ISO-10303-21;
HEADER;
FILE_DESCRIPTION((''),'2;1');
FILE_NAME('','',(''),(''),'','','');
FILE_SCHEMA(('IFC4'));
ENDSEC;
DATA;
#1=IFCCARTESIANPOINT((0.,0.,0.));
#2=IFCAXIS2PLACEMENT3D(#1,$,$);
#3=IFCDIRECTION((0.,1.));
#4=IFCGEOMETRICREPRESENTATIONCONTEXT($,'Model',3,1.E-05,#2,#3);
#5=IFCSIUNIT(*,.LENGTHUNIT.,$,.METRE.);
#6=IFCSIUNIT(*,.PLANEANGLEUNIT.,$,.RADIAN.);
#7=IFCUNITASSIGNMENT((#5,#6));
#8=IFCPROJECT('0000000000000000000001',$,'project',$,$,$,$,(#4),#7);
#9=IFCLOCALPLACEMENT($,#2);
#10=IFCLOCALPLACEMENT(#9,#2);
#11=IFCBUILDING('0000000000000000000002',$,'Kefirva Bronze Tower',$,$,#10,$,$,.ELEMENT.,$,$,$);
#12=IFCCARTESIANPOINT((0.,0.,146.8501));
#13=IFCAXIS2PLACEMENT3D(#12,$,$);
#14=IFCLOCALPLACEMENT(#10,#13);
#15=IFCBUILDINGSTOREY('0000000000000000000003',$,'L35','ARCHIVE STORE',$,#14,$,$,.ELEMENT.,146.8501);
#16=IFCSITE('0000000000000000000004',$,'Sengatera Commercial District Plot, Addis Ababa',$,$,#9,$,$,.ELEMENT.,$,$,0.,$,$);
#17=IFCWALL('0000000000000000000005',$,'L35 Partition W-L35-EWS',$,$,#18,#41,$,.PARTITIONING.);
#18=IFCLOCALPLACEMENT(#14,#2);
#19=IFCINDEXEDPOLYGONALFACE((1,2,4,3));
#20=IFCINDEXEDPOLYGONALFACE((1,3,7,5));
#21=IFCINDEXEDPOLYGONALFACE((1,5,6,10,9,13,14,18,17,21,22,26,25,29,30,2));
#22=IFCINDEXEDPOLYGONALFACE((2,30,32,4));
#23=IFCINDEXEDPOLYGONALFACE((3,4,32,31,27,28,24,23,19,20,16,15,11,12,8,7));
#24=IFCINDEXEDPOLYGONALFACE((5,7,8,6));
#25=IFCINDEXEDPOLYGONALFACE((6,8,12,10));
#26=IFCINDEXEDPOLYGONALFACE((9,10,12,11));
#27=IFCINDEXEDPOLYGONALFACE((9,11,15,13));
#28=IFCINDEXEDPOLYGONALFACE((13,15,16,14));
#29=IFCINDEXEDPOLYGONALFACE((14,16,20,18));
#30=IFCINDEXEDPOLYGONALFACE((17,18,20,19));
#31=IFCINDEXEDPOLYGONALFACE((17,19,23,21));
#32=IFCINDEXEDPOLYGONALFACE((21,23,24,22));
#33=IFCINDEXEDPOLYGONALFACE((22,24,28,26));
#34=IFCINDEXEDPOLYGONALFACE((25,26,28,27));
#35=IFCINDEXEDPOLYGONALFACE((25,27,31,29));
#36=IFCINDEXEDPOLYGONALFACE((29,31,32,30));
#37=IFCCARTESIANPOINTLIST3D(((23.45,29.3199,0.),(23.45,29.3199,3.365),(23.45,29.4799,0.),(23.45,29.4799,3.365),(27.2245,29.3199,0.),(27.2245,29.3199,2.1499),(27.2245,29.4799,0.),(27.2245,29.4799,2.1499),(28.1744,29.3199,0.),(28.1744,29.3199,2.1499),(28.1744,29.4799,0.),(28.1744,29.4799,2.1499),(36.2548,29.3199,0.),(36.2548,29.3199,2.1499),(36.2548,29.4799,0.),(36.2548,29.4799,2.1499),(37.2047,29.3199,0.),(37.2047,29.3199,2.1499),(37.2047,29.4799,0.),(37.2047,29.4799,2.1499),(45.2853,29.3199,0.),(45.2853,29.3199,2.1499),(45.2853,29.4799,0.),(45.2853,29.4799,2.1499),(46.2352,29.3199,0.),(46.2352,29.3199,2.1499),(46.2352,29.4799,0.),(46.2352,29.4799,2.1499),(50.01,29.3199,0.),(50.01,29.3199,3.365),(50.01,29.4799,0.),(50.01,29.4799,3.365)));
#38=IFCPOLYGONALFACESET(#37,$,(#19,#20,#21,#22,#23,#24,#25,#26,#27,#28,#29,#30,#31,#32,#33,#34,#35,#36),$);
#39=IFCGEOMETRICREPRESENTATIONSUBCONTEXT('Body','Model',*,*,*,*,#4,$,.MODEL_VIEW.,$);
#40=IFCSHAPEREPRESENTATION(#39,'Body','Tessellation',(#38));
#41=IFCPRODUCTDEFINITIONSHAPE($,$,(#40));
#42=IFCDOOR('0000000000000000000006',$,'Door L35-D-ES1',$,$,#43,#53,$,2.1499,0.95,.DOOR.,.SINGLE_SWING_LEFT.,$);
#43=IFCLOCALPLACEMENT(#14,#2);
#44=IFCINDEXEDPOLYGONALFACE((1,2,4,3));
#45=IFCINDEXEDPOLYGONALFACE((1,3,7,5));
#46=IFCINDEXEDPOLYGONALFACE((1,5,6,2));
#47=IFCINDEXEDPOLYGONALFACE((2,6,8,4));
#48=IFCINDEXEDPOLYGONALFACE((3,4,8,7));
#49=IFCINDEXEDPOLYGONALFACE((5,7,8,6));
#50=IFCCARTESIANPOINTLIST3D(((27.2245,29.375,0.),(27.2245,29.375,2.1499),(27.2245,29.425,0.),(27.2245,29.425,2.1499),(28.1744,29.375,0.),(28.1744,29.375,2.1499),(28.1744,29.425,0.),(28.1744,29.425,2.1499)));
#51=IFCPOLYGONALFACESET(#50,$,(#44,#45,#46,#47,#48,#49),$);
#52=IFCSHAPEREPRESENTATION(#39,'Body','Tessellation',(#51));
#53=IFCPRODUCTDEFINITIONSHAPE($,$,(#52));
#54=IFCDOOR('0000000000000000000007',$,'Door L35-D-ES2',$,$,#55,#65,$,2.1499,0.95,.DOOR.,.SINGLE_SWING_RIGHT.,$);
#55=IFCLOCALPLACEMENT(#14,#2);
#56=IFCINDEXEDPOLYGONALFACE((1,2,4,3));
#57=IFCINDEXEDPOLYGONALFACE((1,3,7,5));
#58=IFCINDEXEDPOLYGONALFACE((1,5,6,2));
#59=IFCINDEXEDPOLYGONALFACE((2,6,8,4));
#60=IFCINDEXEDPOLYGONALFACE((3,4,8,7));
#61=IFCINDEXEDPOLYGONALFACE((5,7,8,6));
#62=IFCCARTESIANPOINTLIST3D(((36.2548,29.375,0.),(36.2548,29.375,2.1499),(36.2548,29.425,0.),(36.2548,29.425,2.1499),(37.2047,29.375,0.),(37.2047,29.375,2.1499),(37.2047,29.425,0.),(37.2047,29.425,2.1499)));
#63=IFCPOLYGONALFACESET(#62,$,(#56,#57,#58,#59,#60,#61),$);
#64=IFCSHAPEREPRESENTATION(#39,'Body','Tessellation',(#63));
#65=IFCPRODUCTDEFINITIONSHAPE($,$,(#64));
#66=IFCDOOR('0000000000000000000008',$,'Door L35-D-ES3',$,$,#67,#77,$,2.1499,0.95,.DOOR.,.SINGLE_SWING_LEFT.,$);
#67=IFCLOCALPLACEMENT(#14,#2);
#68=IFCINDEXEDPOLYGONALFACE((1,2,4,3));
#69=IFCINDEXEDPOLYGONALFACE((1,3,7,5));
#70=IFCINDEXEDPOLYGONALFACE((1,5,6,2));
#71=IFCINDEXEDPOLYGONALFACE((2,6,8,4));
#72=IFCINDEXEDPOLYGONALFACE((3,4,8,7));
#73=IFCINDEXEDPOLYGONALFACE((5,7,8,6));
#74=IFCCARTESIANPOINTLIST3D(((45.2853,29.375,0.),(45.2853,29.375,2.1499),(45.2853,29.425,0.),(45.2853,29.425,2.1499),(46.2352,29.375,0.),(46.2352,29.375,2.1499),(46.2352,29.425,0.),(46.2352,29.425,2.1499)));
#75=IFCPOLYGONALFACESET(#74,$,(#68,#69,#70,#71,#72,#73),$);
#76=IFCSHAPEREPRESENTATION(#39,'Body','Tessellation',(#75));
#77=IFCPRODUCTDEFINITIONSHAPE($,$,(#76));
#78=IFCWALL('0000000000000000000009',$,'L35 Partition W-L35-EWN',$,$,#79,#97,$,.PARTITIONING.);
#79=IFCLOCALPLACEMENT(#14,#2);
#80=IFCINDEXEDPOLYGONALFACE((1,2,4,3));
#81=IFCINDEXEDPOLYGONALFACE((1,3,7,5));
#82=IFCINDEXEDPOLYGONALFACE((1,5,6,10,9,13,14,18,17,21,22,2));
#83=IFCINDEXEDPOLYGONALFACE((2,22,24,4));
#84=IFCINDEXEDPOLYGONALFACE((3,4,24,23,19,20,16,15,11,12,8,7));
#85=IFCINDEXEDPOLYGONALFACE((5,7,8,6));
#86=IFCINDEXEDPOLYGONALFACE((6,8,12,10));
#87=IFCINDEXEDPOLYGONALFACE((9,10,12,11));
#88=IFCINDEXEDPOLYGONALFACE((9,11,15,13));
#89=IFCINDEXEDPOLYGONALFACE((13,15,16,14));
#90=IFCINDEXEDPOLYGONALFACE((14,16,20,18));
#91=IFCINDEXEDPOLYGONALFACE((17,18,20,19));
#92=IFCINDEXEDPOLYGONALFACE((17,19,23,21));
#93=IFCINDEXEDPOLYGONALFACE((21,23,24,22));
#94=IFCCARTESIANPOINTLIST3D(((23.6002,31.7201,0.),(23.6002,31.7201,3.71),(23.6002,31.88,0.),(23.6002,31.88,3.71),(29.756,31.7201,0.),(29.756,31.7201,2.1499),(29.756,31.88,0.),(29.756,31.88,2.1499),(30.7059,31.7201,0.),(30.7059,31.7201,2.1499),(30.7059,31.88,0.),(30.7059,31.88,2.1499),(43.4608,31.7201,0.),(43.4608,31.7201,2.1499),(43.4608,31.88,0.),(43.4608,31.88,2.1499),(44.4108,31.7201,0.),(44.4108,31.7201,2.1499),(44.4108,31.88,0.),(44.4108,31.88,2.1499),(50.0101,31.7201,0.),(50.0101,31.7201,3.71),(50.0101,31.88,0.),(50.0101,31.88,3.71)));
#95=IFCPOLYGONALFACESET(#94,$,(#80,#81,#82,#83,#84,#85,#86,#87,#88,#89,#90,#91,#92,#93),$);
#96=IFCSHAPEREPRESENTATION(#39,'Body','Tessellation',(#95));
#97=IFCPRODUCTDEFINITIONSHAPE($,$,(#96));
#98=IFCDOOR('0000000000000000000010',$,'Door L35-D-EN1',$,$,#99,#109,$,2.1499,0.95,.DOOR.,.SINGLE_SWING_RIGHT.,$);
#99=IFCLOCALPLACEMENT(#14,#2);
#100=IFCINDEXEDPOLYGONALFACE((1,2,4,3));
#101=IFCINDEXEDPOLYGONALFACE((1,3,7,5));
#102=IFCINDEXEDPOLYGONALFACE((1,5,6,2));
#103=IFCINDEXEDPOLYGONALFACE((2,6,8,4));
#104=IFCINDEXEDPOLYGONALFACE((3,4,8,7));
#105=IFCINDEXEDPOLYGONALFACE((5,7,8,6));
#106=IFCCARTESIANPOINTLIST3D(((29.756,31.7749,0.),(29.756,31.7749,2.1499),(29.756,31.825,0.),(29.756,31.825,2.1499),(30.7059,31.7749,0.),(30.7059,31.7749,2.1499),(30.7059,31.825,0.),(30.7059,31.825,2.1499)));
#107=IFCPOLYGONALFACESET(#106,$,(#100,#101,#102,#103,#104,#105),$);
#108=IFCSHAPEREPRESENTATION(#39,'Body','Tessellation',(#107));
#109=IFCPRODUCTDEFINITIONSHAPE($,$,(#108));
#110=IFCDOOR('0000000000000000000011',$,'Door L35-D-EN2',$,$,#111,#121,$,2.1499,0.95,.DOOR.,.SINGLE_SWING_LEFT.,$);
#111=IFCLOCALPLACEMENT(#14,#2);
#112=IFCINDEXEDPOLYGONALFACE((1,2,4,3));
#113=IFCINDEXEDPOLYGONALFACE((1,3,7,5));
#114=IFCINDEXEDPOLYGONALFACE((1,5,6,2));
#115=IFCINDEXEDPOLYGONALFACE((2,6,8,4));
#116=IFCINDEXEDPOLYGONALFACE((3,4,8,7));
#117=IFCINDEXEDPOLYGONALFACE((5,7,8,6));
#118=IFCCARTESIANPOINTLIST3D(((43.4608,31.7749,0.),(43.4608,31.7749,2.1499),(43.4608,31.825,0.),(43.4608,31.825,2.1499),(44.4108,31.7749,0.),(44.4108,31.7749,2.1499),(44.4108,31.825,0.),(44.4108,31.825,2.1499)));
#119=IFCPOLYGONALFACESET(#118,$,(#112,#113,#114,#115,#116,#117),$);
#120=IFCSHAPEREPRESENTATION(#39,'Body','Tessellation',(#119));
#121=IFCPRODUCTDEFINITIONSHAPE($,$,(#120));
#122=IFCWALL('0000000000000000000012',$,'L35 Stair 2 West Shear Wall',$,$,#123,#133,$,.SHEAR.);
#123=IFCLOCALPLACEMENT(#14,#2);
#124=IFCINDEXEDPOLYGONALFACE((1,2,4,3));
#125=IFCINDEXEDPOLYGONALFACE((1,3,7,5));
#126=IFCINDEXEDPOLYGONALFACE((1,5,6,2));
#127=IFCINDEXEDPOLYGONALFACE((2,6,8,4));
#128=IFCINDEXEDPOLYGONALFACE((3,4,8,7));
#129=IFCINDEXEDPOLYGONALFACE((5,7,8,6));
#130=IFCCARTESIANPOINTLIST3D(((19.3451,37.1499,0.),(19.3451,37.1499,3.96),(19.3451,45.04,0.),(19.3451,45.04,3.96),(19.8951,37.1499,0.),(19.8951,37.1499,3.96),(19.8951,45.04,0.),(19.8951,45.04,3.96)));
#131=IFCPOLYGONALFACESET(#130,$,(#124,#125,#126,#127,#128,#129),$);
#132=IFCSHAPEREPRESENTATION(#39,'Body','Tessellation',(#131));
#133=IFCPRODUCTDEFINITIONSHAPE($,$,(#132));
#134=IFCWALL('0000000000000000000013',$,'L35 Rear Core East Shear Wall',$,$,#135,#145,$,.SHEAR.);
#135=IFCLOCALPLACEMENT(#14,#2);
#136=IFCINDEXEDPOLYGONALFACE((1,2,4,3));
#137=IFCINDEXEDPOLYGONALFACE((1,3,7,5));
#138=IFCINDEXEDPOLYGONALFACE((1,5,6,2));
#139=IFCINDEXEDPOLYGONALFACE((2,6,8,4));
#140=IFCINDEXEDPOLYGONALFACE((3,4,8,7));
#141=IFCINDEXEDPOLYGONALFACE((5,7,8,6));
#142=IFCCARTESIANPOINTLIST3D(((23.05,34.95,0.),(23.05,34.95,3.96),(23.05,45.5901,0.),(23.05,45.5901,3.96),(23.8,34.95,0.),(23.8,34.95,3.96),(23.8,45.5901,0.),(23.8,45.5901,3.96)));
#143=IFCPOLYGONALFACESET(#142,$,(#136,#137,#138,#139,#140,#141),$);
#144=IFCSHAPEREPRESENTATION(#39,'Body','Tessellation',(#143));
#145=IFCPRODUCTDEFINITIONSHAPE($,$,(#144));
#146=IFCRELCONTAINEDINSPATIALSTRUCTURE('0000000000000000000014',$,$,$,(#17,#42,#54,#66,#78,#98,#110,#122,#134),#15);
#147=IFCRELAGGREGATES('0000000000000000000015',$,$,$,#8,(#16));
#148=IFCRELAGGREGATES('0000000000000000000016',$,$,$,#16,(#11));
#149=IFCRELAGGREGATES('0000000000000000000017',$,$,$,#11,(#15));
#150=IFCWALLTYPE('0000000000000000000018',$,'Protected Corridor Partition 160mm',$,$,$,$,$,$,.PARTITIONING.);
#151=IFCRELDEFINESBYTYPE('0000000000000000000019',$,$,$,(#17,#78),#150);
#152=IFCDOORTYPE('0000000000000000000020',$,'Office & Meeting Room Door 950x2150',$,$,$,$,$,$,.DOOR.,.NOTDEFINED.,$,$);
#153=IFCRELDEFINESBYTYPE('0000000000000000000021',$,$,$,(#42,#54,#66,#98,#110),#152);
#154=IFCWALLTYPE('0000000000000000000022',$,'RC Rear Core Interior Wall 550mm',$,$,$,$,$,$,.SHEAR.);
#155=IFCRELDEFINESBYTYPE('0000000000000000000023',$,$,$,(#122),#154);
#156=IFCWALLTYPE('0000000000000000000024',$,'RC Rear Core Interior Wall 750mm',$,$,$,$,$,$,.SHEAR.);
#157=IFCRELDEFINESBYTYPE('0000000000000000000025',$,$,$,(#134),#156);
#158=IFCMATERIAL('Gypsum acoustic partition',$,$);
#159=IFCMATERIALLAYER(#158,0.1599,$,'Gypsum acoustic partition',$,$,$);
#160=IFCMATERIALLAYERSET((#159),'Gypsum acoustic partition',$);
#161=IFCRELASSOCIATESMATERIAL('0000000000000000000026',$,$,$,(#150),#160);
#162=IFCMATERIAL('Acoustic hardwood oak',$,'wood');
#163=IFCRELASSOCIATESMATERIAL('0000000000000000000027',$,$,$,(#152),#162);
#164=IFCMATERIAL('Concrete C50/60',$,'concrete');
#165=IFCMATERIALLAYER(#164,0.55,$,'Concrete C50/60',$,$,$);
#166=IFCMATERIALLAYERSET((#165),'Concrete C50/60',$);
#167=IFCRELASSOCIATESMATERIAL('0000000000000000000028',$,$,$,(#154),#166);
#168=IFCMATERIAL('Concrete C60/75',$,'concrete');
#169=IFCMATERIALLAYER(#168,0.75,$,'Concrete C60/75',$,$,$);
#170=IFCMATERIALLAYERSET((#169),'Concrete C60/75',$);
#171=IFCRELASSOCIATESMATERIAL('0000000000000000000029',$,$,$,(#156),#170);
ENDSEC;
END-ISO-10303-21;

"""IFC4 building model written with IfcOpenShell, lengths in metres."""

from ifc_helpers import new_model, si_unit, direction, frame, frame_2d, origin, place, context, subcontext, project, spatial, rectangle, extrude, material, layer, layer_set, type_object, element, fill, save


model = new_model("IFC4")

# Units and contexts
model_context = context("Model", 3, precision=1e-05, world=origin(), true_north=direction((0.0, 1.0)))
body_context = subcontext(model_context, "Body", "Model", "MODEL_VIEW")
ifc_project = project(units=[si_unit("LENGTHUNIT", "METRE"), si_unit("PLANEANGLEUNIT", "RADIAN")], contexts=[model_context])

# Site, building, storey
site_placement = place(None, origin())
site = spatial("IfcSite", under=ifc_project, at=site_placement, Name="Sengatera Commercial District Plot, Addis Ababa", CompositionType="ELEMENT", RefElevation=0.0)
building_placement = place(site_placement, origin())
building = spatial("IfcBuilding", under=site, at=building_placement, Name="Kefirva Bronze Tower", CompositionType="ELEMENT")
storey_placement = place(building_placement, frame((0.0, 0.0, 146.8501)))
storey = spatial("IfcBuildingStorey", under=building, at=storey_placement, Name="L35", Description="ARCHIVE STORE", CompositionType="ELEMENT", Elevation=146.8501)

# Shared definitions
ifc_material_1 = material(Name="Concrete C60/75", Category="concrete")

# Walls, openings, doors
ifc_material_2 = material(Name="Gypsum acoustic partition")
ifc_layer_1 = layer(ifc_material_2, 0.1599, Name="Gypsum acoustic partition")
ifc_layer_set_1 = layer_set([ifc_layer_1], Name="Gypsum acoustic partition")
wall_type_1 = type_object("IfcWallType", Name="Protected Corridor Partition 160mm", PredefinedType="PARTITIONING", material=ifc_layer_set_1)
wall_1_placement = place(storey_placement, frame((23.45, 29.3999, 0.0), z_axis=(0.0, 0.0, 1.0), x_axis=(1.0, 0.0, 0.0)))
wall_1 = element("IfcWall", 1, at=wall_1_placement, inside=storey, type_object=wall_type_1, Name="L35 Partition W-L35-EWS", PredefinedType="PARTITIONING", context=body_context, shape_type="SweptSolid", body=[
    extrude(rectangle(XDim=26.5601, YDim=0.1599, at=frame_2d((13.28, 0.0))), origin(), (0.0, 0.0, 1.0), 3.365),
])
opening_1_placement = place(wall_1_placement, frame((4.7246, 0.0, 0.0), z_axis=(0.0, 0.0, 1.0), x_axis=(-1.0, 0.0, 0.0)))
opening_1 = element("IfcOpeningElement", 2, at=opening_1_placement, cuts=wall_1, PredefinedType="OPENING", context=body_context, shape_type="SweptSolid", body=[
    extrude(rectangle(XDim=0.95, YDim=2.1499, at=frame_2d((0.4751, 1.075))), frame((0.0, 0.0898, 0.0), z_axis=(0.0, -1.0, 0.0), x_axis=(1.0, 0.0, 0.0)), (0.0, 0.0, 1.0), 0.1799),
])
opening_2_placement = place(wall_1_placement, frame((13.7549, 0.0, 0.0), z_axis=(0.0, 0.0, 1.0), x_axis=(-1.0, 0.0, 0.0)))
opening_2 = element("IfcOpeningElement", 3, at=opening_2_placement, cuts=wall_1, PredefinedType="OPENING", context=body_context, shape_type="SweptSolid", body=[
    extrude(rectangle(XDim=0.95, YDim=2.1499, at=frame_2d((0.4751, 1.075))), frame((0.0, 0.0898, 0.0), z_axis=(0.0, -1.0, 0.0), x_axis=(1.0, 0.0, 0.0)), (0.0, 0.0, 1.0), 0.1799),
])
opening_3_placement = place(wall_1_placement, frame((22.7854, 0.0, 0.0), z_axis=(0.0, 0.0, 1.0), x_axis=(-1.0, 0.0, 0.0)))
opening_3 = element("IfcOpeningElement", 4, at=opening_3_placement, cuts=wall_1, PredefinedType="OPENING", context=body_context, shape_type="SweptSolid", body=[
    extrude(rectangle(XDim=0.95, YDim=2.1499, at=frame_2d((0.4751, 1.075))), frame((0.0, 0.0898, 0.0), z_axis=(0.0, -1.0, 0.0), x_axis=(1.0, 0.0, 0.0)), (0.0, 0.0, 1.0), 0.1799),
])
ifc_material_3 = material(Name="Acoustic hardwood oak", Category="wood")
door_type_1 = type_object("IfcDoorType", Name="Office & Meeting Room Door 950x2150", OperationType="NOTDEFINED", PredefinedType="DOOR", material=ifc_material_3)
door_1_placement = place(opening_1_placement, origin())
door_1 = element("IfcDoor", 5, at=door_1_placement, inside=storey, type_object=door_type_1, Name="Door L35-D-ES1", OperationType="SINGLE_SWING_LEFT", OverallHeight=2.1499, OverallWidth=0.95, PredefinedType="DOOR", context=body_context, shape_type="SweptSolid", body=[
    extrude(rectangle(XDim=0.95, YDim=2.1499, at=frame_2d((0.4751, 1.075))), frame((0.0, 0.0249, 0.0), z_axis=(0.0, -1.0, 0.0), x_axis=(1.0, 0.0, 0.0)), (0.0, 0.0, 1.0), 0.05),
])
fill(opening_1, door_1)
door_2_placement = place(opening_2_placement, origin())
door_2 = element("IfcDoor", 6, at=door_2_placement, inside=storey, type_object=door_type_1, Name="Door L35-D-ES2", OperationType="SINGLE_SWING_RIGHT", OverallHeight=2.1499, OverallWidth=0.95, PredefinedType="DOOR", context=body_context, shape_type="SweptSolid", body=[
    extrude(rectangle(XDim=0.95, YDim=2.1499, at=frame_2d((0.4751, 1.075))), frame((0.0, 0.0249, 0.0), z_axis=(0.0, -1.0, 0.0), x_axis=(1.0, 0.0, 0.0)), (0.0, 0.0, 1.0), 0.05),
])
fill(opening_2, door_2)
door_3_placement = place(opening_3_placement, origin())
door_3 = element("IfcDoor", 7, at=door_3_placement, inside=storey, type_object=door_type_1, Name="Door L35-D-ES3", OperationType="SINGLE_SWING_LEFT", OverallHeight=2.1499, OverallWidth=0.95, PredefinedType="DOOR", context=body_context, shape_type="SweptSolid", body=[
    extrude(rectangle(XDim=0.95, YDim=2.1499, at=frame_2d((0.4751, 1.075))), frame((0.0, 0.0249, 0.0), z_axis=(0.0, -1.0, 0.0), x_axis=(1.0, 0.0, 0.0)), (0.0, 0.0, 1.0), 0.05),
])
fill(opening_3, door_3)
wall_2_placement = place(storey_placement, frame((23.6001, 31.8, 0.0), z_axis=(0.0, 0.0, 1.0), x_axis=(1.0, 0.0, 0.0)))
wall_2 = element("IfcWall", 8, at=wall_2_placement, inside=storey, type_object=wall_type_1, Name="L35 Partition W-L35-EWN", PredefinedType="PARTITIONING", context=body_context, shape_type="SweptSolid", body=[
    extrude(rectangle(XDim=26.4099, YDim=0.1599, at=frame_2d((13.2051, 0.0))), origin(), (0.0, 0.0, 1.0), 3.71),
])
opening_4_placement = place(wall_2_placement, frame((6.1558, 0.0, 0.0)))
opening_4 = element("IfcOpeningElement", 9, at=opening_4_placement, cuts=wall_2, PredefinedType="OPENING", context=body_context, shape_type="SweptSolid", body=[
    extrude(rectangle(XDim=0.95, YDim=2.1499, at=frame_2d((0.4751, 1.075))), frame((0.0, 0.0898, 0.0), z_axis=(0.0, -1.0, 0.0), x_axis=(1.0, 0.0, 0.0)), (0.0, 0.0, 1.0), 0.1799),
])
opening_5_placement = place(wall_2_placement, frame((19.8606, 0.0, 0.0)))
opening_5 = element("IfcOpeningElement", 10, at=opening_5_placement, cuts=wall_2, PredefinedType="OPENING", context=body_context, shape_type="SweptSolid", body=[
    extrude(rectangle(XDim=0.95, YDim=2.1499, at=frame_2d((0.4751, 1.075))), frame((0.0, 0.0898, 0.0), z_axis=(0.0, -1.0, 0.0), x_axis=(1.0, 0.0, 0.0)), (0.0, 0.0, 1.0), 0.1799),
])
door_4_placement = place(opening_4_placement, origin())
door_4 = element("IfcDoor", 11, at=door_4_placement, inside=storey, type_object=door_type_1, Name="Door L35-D-EN1", OperationType="SINGLE_SWING_RIGHT", OverallHeight=2.1499, OverallWidth=0.95, PredefinedType="DOOR", context=body_context, shape_type="SweptSolid", body=[
    extrude(rectangle(XDim=0.95, YDim=2.1499, at=frame_2d((0.4751, 1.075))), frame((0.0, 0.0249, 0.0), z_axis=(0.0, -1.0, 0.0), x_axis=(1.0, 0.0, 0.0)), (0.0, 0.0, 1.0), 0.05),
])
fill(opening_4, door_4)
door_5_placement = place(opening_5_placement, origin())
door_5 = element("IfcDoor", 12, at=door_5_placement, inside=storey, type_object=door_type_1, Name="Door L35-D-EN2", OperationType="SINGLE_SWING_LEFT", OverallHeight=2.1499, OverallWidth=0.95, PredefinedType="DOOR", context=body_context, shape_type="SweptSolid", body=[
    extrude(rectangle(XDim=0.95, YDim=2.1499, at=frame_2d((0.4751, 1.075))), frame((0.0, 0.0249, 0.0), z_axis=(0.0, -1.0, 0.0), x_axis=(1.0, 0.0, 0.0)), (0.0, 0.0, 1.0), 0.05),
])
fill(opening_5, door_5)

# Walls
ifc_material_4 = material(Name="Concrete C50/60", Category="concrete")
ifc_layer_2 = layer(ifc_material_4, 0.55, Name="Concrete C50/60")
ifc_layer_set_2 = layer_set([ifc_layer_2], Name="Concrete C50/60")
wall_type_2 = type_object("IfcWallType", Name="RC Rear Core Interior Wall 550mm", PredefinedType="SHEAR", material=ifc_layer_set_2)
wall_3_placement = place(storey_placement, frame((19.6201, 37.1499, 0.0), z_axis=(0.0, 0.0, 1.0), x_axis=(0.0, 1.0, 0.0)))
element("IfcWall", 13, at=wall_3_placement, inside=storey, type_object=wall_type_2, Name="L35 Stair 2 West Shear Wall", PredefinedType="SHEAR", context=body_context, shape_type="SweptSolid", body=[
    extrude(rectangle(XDim=7.8901, YDim=0.55, at=frame_2d((3.9451, 0.0))), origin(), (0.0, 0.0, 1.0), 3.96),
])
ifc_layer_3 = layer(ifc_material_1, 0.75, Name="Concrete C60/75")
ifc_layer_set_3 = layer_set([ifc_layer_3], Name="Concrete C60/75")
wall_type_3 = type_object("IfcWallType", Name="RC Rear Core Interior Wall 750mm", PredefinedType="SHEAR", material=ifc_layer_set_3)
wall_4_placement = place(storey_placement, frame((23.425, 34.95, 0.0), z_axis=(0.0, 0.0, 1.0), x_axis=(0.0, 1.0, 0.0)))
element("IfcWall", 14, at=wall_4_placement, inside=storey, type_object=wall_type_3, Name="L35 Rear Core East Shear Wall", PredefinedType="SHEAR", context=body_context, shape_type="SweptSolid", body=[
    extrude(rectangle(XDim=10.6401, YDim=0.75, at=frame_2d((5.3201, 0.0))), origin(), (0.0, 0.0, 1.0), 3.96),
])

save(model, "model.ifc")
